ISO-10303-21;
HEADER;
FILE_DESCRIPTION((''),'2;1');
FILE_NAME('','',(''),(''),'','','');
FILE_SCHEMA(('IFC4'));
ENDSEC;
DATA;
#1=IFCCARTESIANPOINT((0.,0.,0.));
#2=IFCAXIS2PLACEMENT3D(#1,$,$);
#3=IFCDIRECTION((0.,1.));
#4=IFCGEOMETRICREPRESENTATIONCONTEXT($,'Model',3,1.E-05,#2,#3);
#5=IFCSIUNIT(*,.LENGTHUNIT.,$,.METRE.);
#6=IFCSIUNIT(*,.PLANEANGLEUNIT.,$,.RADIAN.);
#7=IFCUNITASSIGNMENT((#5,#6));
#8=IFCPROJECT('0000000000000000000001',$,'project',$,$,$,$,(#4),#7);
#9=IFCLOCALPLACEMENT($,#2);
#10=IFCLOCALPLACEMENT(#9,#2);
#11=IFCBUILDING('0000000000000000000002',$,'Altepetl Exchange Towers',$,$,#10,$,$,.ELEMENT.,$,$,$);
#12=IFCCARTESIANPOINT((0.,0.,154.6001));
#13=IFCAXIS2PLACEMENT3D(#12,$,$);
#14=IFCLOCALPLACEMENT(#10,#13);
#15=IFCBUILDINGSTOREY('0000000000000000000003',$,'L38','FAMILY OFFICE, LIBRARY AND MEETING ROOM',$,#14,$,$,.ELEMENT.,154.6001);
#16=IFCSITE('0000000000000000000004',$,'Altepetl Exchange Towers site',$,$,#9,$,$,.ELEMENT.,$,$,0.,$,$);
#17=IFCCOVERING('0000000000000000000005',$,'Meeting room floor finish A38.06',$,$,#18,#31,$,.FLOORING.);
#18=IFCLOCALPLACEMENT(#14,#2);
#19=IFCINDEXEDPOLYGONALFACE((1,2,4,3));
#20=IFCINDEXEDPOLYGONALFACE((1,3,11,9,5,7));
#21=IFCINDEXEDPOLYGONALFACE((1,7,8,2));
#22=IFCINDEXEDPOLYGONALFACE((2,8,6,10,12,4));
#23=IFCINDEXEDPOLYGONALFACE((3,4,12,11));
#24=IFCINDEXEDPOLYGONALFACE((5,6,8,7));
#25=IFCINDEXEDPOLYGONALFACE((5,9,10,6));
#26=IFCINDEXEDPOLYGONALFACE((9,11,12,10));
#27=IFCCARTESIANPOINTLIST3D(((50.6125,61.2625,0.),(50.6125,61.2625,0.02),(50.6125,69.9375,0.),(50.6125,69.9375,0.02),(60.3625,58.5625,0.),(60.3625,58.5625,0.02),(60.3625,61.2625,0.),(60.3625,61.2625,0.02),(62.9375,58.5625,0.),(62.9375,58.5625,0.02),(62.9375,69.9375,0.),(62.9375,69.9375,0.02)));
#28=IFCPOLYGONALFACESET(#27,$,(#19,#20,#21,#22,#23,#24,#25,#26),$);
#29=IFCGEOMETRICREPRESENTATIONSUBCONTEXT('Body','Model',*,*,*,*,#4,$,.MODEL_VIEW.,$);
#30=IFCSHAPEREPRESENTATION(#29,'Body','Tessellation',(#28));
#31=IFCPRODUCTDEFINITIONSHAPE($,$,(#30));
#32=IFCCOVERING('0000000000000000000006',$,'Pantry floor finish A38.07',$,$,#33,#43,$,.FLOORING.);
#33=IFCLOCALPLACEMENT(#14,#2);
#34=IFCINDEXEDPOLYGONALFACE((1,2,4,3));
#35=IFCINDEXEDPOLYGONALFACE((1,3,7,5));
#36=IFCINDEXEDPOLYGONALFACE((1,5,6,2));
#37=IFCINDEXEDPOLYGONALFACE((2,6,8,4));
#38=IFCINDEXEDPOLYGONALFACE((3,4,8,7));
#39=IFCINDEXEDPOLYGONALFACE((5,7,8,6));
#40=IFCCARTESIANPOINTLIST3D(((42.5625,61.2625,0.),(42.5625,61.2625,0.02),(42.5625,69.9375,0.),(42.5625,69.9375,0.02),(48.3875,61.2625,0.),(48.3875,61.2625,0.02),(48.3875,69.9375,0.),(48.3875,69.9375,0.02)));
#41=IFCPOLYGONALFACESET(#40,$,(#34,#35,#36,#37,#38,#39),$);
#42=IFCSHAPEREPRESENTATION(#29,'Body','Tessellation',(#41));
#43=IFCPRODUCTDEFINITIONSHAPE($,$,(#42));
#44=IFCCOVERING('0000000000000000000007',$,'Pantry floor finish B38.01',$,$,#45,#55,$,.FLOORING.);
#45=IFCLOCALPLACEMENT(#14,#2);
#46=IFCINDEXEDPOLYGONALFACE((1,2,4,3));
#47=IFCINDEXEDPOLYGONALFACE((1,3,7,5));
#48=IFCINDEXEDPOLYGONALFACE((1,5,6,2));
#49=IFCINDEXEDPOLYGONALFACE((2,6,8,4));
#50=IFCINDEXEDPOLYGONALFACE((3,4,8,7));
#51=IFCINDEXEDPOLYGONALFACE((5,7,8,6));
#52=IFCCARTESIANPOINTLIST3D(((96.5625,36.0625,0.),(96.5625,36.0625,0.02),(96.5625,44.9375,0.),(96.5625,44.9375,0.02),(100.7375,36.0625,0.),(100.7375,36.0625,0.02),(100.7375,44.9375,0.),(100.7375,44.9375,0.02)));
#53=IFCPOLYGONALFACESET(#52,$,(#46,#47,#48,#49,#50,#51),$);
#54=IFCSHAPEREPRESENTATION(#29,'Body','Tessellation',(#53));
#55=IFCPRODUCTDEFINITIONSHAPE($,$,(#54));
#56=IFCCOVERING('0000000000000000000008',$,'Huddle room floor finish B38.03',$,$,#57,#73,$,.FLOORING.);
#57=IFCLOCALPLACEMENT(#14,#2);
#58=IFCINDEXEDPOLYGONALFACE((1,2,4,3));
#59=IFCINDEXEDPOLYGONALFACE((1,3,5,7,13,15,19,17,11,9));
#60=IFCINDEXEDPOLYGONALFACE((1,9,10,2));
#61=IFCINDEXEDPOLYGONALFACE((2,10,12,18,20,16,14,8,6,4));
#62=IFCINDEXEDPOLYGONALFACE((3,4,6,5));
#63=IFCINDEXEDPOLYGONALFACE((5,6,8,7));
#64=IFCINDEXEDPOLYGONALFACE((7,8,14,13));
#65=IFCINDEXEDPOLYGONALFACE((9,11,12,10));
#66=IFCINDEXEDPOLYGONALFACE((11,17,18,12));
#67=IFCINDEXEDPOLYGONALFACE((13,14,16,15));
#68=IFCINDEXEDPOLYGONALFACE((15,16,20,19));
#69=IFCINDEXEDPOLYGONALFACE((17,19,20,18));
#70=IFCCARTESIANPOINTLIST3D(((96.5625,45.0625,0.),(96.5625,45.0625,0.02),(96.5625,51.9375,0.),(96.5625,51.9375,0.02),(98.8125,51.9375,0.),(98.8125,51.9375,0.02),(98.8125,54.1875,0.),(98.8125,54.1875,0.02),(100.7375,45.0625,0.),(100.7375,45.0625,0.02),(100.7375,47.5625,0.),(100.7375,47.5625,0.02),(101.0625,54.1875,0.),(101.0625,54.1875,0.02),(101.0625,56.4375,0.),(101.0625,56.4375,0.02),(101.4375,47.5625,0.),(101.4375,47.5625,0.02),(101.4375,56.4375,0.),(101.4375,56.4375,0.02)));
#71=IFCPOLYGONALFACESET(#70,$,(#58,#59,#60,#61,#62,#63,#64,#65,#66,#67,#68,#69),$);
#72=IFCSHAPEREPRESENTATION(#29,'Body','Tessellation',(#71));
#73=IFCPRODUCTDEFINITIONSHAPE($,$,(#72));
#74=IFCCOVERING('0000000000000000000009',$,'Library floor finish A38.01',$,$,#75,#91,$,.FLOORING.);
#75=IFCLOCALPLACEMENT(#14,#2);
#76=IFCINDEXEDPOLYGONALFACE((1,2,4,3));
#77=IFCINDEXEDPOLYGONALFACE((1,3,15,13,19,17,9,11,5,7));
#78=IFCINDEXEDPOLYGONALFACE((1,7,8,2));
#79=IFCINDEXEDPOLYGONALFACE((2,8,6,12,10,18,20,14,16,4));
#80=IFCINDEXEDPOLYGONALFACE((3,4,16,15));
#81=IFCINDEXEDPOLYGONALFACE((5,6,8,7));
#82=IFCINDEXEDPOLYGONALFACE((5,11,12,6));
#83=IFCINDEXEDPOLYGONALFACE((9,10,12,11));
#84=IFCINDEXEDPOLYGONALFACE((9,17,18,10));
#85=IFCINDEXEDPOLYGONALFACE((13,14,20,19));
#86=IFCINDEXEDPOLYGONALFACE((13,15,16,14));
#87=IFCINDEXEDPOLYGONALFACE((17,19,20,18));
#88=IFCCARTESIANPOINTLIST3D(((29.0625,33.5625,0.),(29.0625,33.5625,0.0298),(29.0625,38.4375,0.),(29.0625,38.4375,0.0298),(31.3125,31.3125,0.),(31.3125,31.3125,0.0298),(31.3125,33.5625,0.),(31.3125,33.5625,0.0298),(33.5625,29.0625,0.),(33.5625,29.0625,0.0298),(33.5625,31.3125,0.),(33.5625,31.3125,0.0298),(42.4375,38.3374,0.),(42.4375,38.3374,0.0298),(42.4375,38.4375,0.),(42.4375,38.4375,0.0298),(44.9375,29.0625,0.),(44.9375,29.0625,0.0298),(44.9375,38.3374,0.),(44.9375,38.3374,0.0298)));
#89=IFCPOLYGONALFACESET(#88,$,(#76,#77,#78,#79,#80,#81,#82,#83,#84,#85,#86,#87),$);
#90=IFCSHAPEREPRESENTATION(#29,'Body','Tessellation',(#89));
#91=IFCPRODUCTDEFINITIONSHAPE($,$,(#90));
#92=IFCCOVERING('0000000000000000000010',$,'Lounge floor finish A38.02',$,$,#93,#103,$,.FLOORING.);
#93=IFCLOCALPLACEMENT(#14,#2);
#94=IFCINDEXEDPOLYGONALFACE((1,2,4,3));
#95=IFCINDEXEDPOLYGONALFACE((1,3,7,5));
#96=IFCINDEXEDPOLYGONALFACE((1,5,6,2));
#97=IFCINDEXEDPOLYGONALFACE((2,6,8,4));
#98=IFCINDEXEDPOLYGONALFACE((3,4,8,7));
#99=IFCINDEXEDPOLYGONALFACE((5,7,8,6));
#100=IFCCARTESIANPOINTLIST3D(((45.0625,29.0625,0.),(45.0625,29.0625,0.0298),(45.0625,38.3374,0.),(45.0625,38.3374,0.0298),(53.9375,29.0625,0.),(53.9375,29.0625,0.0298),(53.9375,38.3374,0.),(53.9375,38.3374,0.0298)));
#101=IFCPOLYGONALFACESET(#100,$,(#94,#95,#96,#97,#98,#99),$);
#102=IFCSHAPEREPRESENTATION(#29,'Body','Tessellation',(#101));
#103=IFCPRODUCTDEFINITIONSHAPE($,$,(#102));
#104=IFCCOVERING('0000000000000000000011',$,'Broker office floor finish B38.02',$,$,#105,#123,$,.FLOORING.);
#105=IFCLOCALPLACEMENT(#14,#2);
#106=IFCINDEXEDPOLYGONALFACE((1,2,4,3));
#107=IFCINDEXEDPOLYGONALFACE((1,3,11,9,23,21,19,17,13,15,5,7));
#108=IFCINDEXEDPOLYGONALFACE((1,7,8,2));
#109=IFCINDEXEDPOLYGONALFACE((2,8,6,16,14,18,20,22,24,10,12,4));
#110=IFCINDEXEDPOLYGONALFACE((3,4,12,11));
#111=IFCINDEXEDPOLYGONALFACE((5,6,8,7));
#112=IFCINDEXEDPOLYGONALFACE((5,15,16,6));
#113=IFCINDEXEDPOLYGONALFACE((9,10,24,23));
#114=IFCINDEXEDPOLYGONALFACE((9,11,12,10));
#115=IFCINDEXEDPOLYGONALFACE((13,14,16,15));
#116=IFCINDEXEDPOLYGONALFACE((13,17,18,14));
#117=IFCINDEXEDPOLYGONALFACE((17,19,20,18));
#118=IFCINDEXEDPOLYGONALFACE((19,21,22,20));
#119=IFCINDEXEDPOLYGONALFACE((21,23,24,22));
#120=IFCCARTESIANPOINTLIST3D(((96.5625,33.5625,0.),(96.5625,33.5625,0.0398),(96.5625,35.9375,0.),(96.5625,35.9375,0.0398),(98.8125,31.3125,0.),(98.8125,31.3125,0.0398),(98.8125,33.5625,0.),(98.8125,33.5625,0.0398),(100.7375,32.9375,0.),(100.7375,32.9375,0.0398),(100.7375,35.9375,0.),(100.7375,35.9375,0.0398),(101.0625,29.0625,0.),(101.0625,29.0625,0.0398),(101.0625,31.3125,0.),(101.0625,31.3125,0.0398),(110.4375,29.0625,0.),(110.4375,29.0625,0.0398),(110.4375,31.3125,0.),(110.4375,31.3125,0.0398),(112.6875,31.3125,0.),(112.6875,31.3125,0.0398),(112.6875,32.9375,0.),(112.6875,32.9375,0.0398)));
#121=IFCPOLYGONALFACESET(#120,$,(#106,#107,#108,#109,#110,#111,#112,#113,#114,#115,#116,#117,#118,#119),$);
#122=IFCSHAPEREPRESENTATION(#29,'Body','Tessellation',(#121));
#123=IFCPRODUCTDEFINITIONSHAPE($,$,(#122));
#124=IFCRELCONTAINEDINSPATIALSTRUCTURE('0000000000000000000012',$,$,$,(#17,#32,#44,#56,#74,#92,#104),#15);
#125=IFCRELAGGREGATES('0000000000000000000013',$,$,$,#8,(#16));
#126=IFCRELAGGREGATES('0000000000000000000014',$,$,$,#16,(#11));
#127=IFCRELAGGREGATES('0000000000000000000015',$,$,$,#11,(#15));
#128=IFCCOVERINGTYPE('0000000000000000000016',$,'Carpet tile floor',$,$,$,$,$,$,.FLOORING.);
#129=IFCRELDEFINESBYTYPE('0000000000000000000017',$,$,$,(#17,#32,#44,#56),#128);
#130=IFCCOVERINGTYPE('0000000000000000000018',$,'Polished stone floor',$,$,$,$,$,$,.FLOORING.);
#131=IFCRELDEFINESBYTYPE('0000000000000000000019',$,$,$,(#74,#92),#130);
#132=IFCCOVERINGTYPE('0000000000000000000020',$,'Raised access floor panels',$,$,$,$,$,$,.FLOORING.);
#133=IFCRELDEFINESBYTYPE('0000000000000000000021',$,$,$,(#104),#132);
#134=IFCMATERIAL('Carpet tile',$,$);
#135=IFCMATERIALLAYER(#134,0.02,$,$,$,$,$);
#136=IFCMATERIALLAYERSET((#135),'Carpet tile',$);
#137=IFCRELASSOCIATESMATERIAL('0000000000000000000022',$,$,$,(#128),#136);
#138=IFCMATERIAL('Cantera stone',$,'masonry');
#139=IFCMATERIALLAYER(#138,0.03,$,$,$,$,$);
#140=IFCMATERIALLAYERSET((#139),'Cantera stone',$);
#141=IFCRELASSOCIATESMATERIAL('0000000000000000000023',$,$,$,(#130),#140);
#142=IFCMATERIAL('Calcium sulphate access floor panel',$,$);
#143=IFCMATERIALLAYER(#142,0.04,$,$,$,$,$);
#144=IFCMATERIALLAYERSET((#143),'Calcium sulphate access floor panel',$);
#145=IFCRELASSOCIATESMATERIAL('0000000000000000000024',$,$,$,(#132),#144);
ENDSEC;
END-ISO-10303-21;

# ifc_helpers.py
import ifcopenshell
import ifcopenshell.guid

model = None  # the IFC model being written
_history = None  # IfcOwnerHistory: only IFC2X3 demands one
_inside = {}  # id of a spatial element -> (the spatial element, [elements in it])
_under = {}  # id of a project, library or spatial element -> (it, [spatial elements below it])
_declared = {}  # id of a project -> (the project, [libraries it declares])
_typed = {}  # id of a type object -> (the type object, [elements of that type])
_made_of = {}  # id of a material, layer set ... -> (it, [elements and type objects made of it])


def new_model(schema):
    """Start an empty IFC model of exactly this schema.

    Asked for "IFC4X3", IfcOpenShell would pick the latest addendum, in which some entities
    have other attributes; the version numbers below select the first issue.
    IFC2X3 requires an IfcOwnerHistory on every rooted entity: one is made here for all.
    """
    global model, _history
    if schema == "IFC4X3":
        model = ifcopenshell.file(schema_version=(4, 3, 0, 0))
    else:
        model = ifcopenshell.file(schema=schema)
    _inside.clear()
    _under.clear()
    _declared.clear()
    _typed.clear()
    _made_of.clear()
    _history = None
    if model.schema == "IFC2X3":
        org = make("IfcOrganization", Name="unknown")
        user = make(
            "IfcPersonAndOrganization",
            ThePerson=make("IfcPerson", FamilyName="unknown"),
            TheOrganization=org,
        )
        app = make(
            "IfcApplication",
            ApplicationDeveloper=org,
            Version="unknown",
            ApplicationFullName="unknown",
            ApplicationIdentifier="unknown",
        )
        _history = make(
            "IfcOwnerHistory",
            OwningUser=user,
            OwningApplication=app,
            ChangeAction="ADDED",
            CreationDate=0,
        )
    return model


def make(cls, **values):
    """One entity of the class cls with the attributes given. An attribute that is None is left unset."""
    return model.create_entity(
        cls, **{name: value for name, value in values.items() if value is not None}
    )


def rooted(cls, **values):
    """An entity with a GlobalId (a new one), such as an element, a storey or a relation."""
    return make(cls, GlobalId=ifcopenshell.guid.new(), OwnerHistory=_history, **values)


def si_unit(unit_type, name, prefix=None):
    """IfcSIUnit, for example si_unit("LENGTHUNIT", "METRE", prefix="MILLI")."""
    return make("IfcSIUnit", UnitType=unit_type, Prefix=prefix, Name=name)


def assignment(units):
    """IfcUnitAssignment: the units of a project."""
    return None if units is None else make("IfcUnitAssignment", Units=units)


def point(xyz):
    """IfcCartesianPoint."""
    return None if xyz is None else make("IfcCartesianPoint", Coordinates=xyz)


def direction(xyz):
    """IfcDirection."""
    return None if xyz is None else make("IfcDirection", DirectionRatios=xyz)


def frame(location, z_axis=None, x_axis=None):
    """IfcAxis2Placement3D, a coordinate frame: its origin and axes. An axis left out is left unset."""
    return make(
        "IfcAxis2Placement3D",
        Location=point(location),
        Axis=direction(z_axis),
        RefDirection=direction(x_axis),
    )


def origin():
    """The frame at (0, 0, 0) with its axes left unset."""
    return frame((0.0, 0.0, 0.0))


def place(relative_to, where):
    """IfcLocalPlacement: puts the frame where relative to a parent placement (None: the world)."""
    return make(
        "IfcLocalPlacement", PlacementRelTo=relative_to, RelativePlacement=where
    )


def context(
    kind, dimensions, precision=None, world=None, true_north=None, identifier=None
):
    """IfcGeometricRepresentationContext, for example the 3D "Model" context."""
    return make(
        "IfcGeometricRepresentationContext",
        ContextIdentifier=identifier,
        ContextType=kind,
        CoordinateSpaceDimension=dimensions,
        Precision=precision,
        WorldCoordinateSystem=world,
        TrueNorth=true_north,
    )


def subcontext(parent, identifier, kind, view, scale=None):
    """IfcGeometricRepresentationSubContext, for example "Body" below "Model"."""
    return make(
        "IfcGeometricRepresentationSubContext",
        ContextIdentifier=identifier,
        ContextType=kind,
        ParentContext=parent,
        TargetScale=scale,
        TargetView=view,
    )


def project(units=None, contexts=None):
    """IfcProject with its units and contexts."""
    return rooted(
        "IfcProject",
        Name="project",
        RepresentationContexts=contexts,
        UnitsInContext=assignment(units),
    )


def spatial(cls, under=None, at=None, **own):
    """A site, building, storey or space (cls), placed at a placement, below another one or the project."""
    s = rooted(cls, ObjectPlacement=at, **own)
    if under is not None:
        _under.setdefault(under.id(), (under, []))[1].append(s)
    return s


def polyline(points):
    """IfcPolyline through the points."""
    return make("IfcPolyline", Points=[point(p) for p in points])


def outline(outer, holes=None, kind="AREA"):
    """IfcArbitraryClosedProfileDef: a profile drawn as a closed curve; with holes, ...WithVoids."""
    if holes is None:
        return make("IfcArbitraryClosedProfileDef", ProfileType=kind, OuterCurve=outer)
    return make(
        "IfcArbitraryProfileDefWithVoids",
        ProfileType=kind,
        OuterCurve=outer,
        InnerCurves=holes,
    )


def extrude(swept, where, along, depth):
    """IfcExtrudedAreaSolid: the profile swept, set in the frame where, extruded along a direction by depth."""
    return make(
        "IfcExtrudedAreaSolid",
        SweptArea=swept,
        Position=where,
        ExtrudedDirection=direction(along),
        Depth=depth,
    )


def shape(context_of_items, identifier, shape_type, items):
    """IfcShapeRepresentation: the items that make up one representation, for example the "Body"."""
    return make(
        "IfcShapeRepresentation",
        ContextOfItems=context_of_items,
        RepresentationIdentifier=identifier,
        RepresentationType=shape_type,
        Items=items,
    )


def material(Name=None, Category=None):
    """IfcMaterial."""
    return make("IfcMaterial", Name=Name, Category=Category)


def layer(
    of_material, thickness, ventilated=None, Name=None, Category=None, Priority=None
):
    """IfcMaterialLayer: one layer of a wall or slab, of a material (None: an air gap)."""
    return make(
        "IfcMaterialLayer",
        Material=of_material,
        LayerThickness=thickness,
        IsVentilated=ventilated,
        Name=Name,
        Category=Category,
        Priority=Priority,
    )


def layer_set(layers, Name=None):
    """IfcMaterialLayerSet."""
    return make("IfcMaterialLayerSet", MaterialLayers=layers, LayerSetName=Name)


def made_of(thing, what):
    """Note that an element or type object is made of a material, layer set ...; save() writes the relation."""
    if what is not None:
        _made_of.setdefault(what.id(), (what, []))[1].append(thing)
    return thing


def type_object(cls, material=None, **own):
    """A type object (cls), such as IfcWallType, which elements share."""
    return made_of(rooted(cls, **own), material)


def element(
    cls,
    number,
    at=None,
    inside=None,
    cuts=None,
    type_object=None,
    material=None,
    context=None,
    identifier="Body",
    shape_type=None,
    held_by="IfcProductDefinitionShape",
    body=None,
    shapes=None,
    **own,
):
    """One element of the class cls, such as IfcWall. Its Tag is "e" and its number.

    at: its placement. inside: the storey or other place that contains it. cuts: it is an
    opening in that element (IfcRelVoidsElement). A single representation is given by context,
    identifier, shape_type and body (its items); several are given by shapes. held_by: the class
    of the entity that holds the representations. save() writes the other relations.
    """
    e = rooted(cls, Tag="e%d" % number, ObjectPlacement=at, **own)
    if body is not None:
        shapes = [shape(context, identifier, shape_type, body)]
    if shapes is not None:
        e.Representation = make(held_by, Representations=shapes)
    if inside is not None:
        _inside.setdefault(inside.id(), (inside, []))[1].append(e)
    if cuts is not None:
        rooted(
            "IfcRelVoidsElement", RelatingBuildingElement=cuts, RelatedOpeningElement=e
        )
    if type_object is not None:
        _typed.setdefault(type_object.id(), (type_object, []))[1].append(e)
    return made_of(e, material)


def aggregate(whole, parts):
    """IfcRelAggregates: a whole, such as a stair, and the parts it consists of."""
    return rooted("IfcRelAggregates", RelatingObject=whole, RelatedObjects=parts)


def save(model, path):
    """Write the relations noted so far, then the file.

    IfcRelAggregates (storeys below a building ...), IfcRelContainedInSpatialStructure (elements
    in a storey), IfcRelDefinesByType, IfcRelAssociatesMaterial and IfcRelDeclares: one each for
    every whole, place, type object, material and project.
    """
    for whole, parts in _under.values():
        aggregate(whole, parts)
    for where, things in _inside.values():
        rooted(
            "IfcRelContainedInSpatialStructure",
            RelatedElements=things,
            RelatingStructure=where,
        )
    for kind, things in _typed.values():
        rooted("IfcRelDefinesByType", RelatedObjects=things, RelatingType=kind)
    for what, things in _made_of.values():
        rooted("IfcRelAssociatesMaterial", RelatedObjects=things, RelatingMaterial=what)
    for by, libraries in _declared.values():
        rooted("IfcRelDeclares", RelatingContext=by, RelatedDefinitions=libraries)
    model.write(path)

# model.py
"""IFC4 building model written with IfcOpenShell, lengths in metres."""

from ifc_helpers import new_model, si_unit, direction, frame, origin, place, context, subcontext, project, spatial, polyline, outline, extrude, material, layer, layer_set, type_object, element, save


model = new_model("IFC4")

# Units and contexts
model_context = context("Model", 3, precision=1e-05, world=origin(), true_north=direction((0.0, 1.0)))
body_context = subcontext(model_context, "Body", "Model", "MODEL_VIEW")
ifc_project = project(units=[si_unit("LENGTHUNIT", "METRE"), si_unit("PLANEANGLEUNIT", "RADIAN")], contexts=[model_context])

# Site, building, storey
site_placement = place(None, origin())
site = spatial("IfcSite", under=ifc_project, at=site_placement, Name="Altepetl Exchange Towers site", CompositionType="ELEMENT", RefElevation=0.0)
building_placement = place(site_placement, origin())
building = spatial("IfcBuilding", under=site, at=building_placement, Name="Altepetl Exchange Towers", CompositionType="ELEMENT")
storey_placement = place(building_placement, frame((0.0, 0.0, 154.6001)))
storey = spatial("IfcBuildingStorey", under=building, at=storey_placement, Name="L38", Description="FAMILY OFFICE, LIBRARY AND MEETING ROOM", CompositionType="ELEMENT", Elevation=154.6001)

# Coverings
ifc_material_1 = material(Name="Carpet tile")
ifc_layer_1 = layer(ifc_material_1, 0.02)
ifc_layer_set_1 = layer_set([ifc_layer_1], Name="Carpet tile")
covering_type_1 = type_object("IfcCoveringType", Name="Carpet tile floor", PredefinedType="FLOORING", material=ifc_layer_set_1)
covering_1_placement = place(storey_placement, origin())
element("IfcCovering", 1, at=covering_1_placement, inside=storey, type_object=covering_type_1, Name="Meeting room floor finish A38.06", PredefinedType="FLOORING", context=body_context, shape_type="SweptSolid", body=[
    extrude(outline(polyline([(60.3625, 58.5625), (62.9375, 58.5625), (62.9375, 69.9375), (50.6125, 69.9375), (50.6125, 61.2625), (60.3625, 61.2625), (60.3625, 58.5625)])), origin(), (0.0, 0.0, 1.0), 0.02),
])
covering_2_placement = place(storey_placement, origin())
element("IfcCovering", 2, at=covering_2_placement, inside=storey, type_object=covering_type_1, Name="Pantry floor finish A38.07", PredefinedType="FLOORING", context=body_context, shape_type="SweptSolid", body=[
    extrude(outline(polyline([(42.5625, 61.2625), (48.3875, 61.2625), (48.3875, 69.9375), (42.5625, 69.9375), (42.5625, 61.2625)])), origin(), (0.0, 0.0, 1.0), 0.02),
])
covering_3_placement = place(storey_placement, origin())
element("IfcCovering", 3, at=covering_3_placement, inside=storey, type_object=covering_type_1, Name="Pantry floor finish B38.01", PredefinedType="FLOORING", context=body_context, shape_type="SweptSolid", body=[
    extrude(outline(polyline([(96.5625, 36.0625), (100.7375, 36.0625), (100.7375, 44.9375), (96.5625, 44.9375), (96.5625, 36.0625)])), origin(), (0.0, 0.0, 1.0), 0.02),
])
covering_4_placement = place(storey_placement, origin())
element("IfcCovering", 4, at=covering_4_placement, inside=storey, type_object=covering_type_1, Name="Huddle room floor finish B38.03", PredefinedType="FLOORING", context=body_context, shape_type="SweptSolid", body=[
    extrude(outline(polyline([(96.5625, 45.0625), (100.7375, 45.0625), (100.7375, 47.5625), (101.4375, 47.5625), (101.4375, 56.4375), (101.0625, 56.4375), (101.0625, 54.1875), (98.8125, 54.1875), (98.8125, 51.9375), (96.5625, 51.9375), (96.5625, 45.0625)])), origin(), (0.0, 0.0, 1.0), 0.02),
])
ifc_material_2 = material(Name="Cantera stone", Category="masonry")
ifc_layer_2 = layer(ifc_material_2, 0.03)
ifc_layer_set_2 = layer_set([ifc_layer_2], Name="Cantera stone")
covering_type_2 = type_object("IfcCoveringType", Name="Polished stone floor", PredefinedType="FLOORING", material=ifc_layer_set_2)
covering_5_placement = place(storey_placement, origin())
element("IfcCovering", 5, at=covering_5_placement, inside=storey, type_object=covering_type_2, Name="Library floor finish A38.01", PredefinedType="FLOORING", context=body_context, shape_type="SweptSolid", body=[
    extrude(outline(polyline([(33.5625, 29.0625), (44.9375, 29.0625), (44.9375, 38.3374), (42.4375, 38.3374), (42.4375, 38.4375), (29.0625, 38.4375), (29.0625, 33.5625), (31.3125, 33.5625), (31.3125, 31.3125), (33.5625, 31.3125), (33.5625, 29.0625)])), origin(), (0.0, 0.0, 1.0), 0.0298),
])
covering_6_placement = place(storey_placement, origin())
element("IfcCovering", 6, at=covering_6_placement, inside=storey, type_object=covering_type_2, Name="Lounge floor finish A38.02", PredefinedType="FLOORING", context=body_context, shape_type="SweptSolid", body=[
    extrude(outline(polyline([(45.0625, 38.3374), (45.0625, 29.0625), (53.9375, 29.0625), (53.9375, 38.3374), (45.0625, 38.3374)])), origin(), (0.0, 0.0, 1.0), 0.0298),
])
ifc_material_3 = material(Name="Calcium sulphate access floor panel")
ifc_layer_3 = layer(ifc_material_3, 0.04)
ifc_layer_set_3 = layer_set([ifc_layer_3], Name="Calcium sulphate access floor panel")
covering_type_3 = type_object("IfcCoveringType", Name="Raised access floor panels", PredefinedType="FLOORING", material=ifc_layer_set_3)
covering_7_placement = place(storey_placement, origin())
element("IfcCovering", 7, at=covering_7_placement, inside=storey, type_object=covering_type_3, Name="Broker office floor finish B38.02", PredefinedType="FLOORING", context=body_context, shape_type="SweptSolid", body=[
    extrude(outline(polyline([(112.6875, 31.3125), (112.6875, 32.9375), (100.7375, 32.9375), (100.7375, 35.9375), (96.5625, 35.9375), (96.5625, 33.5625), (98.8125, 33.5625), (98.8125, 31.3125), (101.0625, 31.3125), (101.0625, 29.0625), (110.4375, 29.0625), (110.4375, 31.3125), (112.6875, 31.3125)])), origin(), (0.0, 0.0, 1.0), 0.0398),
])

save(model, "model.ifc")
